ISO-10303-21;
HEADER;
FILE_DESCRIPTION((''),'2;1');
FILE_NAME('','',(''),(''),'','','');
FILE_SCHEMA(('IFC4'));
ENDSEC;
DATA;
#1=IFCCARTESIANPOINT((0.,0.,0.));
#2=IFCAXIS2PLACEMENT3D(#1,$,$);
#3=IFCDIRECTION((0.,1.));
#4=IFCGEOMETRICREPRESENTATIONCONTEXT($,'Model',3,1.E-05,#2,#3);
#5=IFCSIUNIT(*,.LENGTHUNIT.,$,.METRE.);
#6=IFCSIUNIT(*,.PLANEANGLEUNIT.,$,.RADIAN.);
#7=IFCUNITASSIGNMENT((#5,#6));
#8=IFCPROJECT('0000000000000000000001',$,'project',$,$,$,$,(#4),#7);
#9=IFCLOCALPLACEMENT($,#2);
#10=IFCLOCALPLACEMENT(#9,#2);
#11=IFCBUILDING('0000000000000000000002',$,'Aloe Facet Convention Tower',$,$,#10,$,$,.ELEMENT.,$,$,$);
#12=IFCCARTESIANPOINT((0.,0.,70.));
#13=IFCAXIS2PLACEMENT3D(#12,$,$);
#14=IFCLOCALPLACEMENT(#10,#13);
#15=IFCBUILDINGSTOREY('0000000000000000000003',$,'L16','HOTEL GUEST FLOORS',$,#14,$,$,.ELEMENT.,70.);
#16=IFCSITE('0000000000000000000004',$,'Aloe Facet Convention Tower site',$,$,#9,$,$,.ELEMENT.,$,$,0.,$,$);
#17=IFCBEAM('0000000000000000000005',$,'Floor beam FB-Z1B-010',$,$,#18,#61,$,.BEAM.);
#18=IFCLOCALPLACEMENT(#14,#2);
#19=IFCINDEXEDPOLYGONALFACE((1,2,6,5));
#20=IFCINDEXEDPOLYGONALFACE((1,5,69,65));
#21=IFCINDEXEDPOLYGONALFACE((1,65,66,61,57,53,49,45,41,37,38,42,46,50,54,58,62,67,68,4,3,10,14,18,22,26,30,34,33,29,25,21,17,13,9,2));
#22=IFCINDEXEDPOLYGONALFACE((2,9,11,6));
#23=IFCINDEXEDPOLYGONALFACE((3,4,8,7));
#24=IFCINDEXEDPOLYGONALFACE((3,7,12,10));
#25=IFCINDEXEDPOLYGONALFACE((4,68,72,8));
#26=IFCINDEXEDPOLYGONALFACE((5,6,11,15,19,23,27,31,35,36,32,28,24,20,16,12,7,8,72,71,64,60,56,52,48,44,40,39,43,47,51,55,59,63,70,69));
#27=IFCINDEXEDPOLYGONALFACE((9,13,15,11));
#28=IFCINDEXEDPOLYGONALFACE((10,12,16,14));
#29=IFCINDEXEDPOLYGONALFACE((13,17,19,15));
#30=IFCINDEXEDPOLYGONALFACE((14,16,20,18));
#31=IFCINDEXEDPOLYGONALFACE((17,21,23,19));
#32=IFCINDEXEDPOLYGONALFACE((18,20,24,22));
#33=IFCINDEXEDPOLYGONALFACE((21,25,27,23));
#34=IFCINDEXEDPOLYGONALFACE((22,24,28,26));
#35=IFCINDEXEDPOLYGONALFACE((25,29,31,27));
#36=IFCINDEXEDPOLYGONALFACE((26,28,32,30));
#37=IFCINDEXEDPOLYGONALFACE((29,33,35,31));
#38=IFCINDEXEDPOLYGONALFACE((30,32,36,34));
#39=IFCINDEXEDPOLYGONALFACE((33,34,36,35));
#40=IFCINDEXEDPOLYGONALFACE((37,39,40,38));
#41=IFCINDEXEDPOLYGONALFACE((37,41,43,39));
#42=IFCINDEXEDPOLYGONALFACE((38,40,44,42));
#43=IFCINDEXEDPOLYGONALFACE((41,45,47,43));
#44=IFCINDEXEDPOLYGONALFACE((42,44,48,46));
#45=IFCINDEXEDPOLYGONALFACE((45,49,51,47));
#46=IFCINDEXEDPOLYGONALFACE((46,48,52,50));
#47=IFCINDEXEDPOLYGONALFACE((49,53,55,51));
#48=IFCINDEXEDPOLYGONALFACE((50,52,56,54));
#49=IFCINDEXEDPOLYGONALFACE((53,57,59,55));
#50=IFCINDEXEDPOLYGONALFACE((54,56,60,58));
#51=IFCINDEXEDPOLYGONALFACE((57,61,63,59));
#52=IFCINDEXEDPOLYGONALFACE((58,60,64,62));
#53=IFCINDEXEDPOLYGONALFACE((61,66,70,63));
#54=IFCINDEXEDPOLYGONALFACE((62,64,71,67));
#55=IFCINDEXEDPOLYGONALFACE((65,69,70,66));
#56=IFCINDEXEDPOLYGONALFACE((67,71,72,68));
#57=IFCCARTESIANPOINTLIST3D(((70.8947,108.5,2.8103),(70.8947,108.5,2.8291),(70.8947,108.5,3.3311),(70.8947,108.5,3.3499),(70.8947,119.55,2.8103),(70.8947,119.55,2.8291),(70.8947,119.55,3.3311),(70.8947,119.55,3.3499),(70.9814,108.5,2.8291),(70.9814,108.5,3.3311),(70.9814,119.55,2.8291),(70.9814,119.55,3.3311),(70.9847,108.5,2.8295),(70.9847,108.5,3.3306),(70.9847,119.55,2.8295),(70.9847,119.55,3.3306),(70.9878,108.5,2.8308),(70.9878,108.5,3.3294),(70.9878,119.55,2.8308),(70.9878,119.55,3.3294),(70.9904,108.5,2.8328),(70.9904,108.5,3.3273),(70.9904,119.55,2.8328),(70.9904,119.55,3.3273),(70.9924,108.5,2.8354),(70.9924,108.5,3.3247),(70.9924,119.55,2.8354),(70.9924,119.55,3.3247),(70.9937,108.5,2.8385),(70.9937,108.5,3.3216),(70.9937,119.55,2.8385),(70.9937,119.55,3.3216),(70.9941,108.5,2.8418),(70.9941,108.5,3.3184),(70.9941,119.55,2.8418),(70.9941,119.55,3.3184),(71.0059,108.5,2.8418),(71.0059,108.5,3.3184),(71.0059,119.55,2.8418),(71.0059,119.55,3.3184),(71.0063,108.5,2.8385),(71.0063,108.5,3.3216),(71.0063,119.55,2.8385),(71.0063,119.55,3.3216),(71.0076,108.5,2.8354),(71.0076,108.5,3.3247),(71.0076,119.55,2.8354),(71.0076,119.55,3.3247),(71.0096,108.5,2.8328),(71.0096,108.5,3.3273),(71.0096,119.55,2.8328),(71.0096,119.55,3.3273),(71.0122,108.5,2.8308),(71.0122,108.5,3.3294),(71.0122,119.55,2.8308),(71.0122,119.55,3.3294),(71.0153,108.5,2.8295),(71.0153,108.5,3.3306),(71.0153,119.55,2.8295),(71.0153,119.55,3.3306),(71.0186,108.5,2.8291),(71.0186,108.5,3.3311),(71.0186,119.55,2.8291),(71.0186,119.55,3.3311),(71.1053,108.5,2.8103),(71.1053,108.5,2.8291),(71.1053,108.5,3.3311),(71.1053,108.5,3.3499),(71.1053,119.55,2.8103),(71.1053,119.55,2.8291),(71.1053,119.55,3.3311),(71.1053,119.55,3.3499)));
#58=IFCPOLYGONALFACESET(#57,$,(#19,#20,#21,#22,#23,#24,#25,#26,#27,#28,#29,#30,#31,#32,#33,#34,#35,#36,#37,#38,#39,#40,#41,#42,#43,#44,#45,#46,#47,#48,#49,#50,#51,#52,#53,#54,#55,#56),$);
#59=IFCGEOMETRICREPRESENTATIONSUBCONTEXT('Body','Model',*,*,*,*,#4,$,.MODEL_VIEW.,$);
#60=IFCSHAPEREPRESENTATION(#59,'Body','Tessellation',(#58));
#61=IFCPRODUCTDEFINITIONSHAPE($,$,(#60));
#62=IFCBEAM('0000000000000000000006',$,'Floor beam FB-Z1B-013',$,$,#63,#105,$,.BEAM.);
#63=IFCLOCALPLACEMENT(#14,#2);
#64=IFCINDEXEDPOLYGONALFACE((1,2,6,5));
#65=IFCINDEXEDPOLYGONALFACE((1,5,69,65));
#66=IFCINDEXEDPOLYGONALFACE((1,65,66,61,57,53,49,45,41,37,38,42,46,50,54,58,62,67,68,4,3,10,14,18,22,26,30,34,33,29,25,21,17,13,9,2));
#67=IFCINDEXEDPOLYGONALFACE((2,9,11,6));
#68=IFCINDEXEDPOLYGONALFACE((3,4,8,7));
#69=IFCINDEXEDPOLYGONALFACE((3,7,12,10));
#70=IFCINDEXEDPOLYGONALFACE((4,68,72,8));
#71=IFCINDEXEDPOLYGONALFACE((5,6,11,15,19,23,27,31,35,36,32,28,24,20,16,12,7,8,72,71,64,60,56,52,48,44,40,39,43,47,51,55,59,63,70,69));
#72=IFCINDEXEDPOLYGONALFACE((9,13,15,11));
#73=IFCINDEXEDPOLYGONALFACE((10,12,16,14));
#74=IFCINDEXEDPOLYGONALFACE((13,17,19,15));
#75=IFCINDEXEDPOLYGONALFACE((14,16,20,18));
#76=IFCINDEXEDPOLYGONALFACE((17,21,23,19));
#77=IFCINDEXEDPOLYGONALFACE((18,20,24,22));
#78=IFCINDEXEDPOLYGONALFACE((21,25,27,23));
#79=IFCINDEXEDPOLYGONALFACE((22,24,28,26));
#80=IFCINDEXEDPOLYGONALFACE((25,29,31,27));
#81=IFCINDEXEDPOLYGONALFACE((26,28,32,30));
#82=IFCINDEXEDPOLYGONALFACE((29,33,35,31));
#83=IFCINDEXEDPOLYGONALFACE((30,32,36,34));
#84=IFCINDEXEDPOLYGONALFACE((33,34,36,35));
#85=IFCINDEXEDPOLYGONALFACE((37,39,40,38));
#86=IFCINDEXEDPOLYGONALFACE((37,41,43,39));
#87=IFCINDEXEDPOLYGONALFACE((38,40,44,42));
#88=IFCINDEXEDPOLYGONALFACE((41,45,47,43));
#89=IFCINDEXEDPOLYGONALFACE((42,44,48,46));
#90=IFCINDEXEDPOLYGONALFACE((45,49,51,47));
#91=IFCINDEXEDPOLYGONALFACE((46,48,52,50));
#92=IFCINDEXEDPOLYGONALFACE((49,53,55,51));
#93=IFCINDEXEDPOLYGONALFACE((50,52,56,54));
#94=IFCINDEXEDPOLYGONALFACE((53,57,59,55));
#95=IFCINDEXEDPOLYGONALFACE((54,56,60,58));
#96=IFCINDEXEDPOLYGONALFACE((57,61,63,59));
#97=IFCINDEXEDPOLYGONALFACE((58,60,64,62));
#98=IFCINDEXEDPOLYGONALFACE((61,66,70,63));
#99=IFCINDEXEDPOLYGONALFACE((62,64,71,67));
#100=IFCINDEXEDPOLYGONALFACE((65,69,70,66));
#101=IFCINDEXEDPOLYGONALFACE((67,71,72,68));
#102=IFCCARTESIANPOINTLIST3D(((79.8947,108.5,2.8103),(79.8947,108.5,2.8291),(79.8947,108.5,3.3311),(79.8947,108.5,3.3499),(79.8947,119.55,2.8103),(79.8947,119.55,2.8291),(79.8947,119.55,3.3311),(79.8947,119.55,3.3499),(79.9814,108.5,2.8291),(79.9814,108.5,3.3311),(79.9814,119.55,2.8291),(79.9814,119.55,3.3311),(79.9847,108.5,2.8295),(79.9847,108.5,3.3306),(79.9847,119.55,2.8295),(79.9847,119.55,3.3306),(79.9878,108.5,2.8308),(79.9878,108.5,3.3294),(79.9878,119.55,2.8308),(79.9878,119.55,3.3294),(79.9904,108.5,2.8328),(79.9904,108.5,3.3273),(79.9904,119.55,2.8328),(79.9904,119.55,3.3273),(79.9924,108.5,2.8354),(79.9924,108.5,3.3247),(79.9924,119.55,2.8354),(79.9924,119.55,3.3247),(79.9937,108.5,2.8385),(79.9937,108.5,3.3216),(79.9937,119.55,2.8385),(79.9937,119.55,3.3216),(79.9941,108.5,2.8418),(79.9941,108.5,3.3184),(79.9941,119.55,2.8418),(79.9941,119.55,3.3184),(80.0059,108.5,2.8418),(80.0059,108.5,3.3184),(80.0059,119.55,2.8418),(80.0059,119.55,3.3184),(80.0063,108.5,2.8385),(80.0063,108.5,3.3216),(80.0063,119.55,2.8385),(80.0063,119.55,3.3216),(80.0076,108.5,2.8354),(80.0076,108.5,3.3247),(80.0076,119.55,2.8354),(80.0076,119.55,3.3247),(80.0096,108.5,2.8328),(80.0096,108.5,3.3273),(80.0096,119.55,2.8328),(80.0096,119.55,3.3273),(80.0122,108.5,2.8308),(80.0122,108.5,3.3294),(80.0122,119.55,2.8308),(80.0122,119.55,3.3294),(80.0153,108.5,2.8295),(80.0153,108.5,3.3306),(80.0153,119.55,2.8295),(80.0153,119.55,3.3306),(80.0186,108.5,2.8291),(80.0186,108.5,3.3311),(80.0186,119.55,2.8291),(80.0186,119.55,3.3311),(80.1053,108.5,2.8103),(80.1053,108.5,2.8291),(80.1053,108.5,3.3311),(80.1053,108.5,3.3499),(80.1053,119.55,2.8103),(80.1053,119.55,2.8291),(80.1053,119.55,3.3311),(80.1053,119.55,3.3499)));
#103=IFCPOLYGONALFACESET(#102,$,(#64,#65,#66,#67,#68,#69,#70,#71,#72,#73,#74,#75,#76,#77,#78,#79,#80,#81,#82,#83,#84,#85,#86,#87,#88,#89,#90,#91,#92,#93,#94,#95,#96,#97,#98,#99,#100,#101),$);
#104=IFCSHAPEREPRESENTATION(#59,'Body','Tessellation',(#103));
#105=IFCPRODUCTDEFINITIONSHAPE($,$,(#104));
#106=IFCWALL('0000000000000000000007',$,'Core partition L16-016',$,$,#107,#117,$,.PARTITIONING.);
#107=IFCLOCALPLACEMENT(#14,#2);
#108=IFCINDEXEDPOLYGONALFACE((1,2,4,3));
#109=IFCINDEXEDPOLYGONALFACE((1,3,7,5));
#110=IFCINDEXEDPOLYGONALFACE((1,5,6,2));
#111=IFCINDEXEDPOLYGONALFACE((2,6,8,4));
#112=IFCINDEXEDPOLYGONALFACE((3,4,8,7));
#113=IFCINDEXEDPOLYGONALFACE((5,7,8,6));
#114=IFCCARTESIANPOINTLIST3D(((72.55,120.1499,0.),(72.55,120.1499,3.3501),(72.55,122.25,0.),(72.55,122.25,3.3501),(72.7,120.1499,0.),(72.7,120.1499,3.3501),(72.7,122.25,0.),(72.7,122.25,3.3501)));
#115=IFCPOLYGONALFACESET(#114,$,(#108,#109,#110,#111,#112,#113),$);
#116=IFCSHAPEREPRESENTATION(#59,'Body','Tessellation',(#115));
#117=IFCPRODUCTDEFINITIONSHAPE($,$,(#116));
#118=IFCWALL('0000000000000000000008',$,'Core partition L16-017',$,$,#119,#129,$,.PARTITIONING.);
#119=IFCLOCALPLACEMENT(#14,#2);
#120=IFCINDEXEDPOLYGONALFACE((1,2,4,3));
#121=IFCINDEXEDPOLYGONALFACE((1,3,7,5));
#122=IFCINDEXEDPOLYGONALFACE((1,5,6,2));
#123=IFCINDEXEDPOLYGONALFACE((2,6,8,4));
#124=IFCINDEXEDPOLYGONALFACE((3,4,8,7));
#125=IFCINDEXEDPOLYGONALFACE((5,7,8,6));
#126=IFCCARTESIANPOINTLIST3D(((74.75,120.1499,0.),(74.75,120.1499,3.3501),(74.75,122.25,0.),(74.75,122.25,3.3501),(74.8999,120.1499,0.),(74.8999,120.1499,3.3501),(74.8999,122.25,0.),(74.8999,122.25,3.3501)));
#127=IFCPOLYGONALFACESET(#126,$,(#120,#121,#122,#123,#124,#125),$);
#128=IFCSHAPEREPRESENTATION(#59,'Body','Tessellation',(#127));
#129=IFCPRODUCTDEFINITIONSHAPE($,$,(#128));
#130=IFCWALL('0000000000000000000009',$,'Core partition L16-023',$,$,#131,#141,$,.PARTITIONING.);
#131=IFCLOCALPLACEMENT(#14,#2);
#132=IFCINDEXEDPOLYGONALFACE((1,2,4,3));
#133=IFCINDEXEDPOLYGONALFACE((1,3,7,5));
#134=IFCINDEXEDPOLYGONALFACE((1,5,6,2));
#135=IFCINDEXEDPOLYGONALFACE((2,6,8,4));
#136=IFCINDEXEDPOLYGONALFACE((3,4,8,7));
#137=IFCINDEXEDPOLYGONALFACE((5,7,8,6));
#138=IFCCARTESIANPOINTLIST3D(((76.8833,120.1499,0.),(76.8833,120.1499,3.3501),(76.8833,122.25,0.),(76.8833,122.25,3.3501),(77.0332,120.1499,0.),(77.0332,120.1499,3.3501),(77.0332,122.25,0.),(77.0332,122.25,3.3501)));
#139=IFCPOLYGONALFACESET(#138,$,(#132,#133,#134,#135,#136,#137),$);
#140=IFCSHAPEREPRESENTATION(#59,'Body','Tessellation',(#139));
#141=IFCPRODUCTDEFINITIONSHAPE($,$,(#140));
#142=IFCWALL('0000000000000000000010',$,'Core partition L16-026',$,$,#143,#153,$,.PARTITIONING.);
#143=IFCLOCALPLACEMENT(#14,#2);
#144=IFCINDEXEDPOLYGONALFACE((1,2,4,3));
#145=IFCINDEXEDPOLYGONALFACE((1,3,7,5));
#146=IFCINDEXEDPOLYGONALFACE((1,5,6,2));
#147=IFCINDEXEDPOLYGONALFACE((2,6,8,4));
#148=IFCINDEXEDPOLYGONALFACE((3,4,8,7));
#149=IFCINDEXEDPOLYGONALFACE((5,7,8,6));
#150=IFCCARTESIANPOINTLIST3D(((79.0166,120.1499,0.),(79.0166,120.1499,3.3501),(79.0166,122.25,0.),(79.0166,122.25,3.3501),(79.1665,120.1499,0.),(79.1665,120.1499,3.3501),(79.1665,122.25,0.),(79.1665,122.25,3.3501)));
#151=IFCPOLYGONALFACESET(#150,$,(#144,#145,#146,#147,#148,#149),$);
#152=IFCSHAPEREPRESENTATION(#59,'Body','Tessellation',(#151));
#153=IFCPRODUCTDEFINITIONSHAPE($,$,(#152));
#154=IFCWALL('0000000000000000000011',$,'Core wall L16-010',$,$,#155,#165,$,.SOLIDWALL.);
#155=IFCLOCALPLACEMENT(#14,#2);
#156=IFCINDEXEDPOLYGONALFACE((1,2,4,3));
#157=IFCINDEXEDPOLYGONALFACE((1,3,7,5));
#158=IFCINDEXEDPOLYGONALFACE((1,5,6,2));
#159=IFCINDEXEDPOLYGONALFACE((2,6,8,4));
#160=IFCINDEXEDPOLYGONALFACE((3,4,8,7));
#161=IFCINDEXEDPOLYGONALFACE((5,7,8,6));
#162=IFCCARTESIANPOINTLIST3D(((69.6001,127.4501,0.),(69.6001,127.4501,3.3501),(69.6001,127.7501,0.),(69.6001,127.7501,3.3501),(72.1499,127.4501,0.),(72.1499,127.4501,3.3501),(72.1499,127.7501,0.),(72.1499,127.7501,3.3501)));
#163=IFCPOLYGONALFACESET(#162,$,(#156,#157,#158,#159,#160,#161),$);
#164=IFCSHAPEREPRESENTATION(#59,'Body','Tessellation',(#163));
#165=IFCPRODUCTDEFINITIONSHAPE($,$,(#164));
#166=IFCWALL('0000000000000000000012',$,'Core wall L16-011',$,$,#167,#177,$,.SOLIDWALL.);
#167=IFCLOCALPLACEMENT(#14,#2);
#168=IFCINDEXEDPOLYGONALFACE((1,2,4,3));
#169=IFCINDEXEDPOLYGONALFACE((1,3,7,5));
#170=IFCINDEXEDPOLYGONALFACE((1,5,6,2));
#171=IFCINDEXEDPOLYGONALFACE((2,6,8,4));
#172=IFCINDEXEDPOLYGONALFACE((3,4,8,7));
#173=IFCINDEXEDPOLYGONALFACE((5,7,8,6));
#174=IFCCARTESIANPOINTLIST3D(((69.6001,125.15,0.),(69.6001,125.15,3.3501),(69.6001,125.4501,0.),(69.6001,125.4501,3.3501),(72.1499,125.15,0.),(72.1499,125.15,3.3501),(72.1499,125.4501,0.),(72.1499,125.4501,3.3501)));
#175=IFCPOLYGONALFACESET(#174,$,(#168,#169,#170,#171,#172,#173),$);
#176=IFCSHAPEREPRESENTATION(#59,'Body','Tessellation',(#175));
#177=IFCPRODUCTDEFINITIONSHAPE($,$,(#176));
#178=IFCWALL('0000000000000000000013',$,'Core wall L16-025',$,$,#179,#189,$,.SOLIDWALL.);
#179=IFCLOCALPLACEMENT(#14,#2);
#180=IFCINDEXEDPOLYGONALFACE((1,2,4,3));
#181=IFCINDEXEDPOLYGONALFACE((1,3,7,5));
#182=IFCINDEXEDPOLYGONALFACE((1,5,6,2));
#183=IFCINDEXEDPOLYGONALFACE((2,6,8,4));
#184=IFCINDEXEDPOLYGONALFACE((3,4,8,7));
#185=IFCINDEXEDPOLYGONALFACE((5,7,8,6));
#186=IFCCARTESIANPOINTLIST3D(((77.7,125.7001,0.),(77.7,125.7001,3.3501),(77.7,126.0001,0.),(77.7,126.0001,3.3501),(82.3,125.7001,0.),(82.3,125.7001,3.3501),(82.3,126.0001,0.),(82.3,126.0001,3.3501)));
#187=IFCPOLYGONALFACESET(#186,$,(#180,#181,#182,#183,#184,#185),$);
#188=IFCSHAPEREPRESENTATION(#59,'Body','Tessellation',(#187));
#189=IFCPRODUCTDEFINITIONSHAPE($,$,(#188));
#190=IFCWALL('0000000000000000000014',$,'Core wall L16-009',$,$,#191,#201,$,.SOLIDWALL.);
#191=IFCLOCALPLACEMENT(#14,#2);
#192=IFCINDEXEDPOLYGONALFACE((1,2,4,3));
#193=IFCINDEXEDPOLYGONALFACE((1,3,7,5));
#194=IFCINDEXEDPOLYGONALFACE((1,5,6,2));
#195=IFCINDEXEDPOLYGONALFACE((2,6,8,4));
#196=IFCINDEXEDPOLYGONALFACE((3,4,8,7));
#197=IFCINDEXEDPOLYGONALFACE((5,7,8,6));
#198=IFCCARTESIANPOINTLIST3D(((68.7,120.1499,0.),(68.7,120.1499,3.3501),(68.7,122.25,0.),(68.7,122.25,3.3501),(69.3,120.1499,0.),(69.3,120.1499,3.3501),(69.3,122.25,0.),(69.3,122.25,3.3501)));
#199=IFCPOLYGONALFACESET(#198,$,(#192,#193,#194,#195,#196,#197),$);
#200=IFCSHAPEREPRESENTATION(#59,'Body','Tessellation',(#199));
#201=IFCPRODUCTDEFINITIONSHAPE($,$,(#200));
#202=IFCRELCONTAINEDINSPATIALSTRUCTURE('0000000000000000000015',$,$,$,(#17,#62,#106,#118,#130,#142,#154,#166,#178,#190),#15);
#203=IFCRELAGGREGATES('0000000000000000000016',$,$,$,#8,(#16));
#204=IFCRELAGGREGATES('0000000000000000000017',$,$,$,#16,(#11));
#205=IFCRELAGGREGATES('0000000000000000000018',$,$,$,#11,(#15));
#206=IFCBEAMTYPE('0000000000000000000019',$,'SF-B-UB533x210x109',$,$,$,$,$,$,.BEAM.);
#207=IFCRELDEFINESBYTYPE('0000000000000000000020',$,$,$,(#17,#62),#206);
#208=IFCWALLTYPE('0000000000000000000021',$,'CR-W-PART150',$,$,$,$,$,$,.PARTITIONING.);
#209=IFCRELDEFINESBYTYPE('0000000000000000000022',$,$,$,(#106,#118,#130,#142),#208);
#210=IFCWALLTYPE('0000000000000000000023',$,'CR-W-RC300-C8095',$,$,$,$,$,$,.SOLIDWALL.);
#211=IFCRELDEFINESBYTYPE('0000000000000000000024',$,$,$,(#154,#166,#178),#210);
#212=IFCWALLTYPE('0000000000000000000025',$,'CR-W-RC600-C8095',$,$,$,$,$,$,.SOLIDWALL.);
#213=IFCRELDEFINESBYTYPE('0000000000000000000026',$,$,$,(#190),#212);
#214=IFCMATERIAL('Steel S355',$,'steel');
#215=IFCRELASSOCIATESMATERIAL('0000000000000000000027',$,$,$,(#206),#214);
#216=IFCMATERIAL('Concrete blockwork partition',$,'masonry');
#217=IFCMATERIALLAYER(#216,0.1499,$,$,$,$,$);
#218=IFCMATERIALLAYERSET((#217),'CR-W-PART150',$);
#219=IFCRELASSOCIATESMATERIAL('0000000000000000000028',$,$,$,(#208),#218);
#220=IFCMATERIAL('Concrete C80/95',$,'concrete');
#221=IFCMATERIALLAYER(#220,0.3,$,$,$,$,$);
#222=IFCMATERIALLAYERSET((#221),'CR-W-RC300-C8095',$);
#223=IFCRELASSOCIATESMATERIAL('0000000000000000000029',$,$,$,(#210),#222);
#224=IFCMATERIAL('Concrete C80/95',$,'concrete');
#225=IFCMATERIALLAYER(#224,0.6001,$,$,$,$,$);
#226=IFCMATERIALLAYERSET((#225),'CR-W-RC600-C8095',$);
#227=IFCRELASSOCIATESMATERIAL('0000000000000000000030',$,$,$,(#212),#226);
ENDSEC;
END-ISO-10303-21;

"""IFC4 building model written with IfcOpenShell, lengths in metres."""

from ifc_helpers import new_model, si_unit, direction, frame, frame_2d, origin, origin_2d, place, context, subcontext, project, spatial, rectangle, i_section, extrude, material, layer, layer_set, material_profile, profile_set, type_object, element, save


model = new_model("IFC4")

# Units and contexts
model_context = context("Model", 3, precision=1e-05, world=origin(), true_north=direction((0.0, 1.0)))
body_context = subcontext(model_context, "Body", "Model", "MODEL_VIEW")
ifc_project = project(units=[si_unit("LENGTHUNIT", "METRE"), si_unit("PLANEANGLEUNIT", "RADIAN")], contexts=[model_context])

# Site, building, storey
site_placement = place(None, origin())
site = spatial("IfcSite", under=ifc_project, at=site_placement, Name="Aloe Facet Convention Tower site", CompositionType="ELEMENT", RefElevation=0.0)
building_placement = place(site_placement, origin())
building = spatial("IfcBuilding", under=site, at=building_placement, Name="Aloe Facet Convention Tower", CompositionType="ELEMENT")
storey_placement = place(building_placement, frame((0.0, 0.0, 70.0)))
storey = spatial("IfcBuildingStorey", under=building, at=storey_placement, Name="L16", Description="HOTEL GUEST FLOORS", CompositionType="ELEMENT", Elevation=70.0)

# Beams
ifc_material_1 = material(Name="Steel S355", Category="steel")
ifc_material_profile = material_profile(ifc_material_1, i_section(OverallWidth=0.2107, OverallDepth=0.5396, WebThickness=0.0117, FlangeThickness=0.0188, FilletRadius=0.0127, at=origin_2d()), Name="UB 533x210x109")
ifc_profile_set = profile_set([ifc_material_profile], Name="Steel S355")
beam_type = type_object("IfcBeamType", Name="SF-B-UB533x210x109", PredefinedType="BEAM", material=ifc_profile_set)
for number, where, z_axis, x_axis, name in (
    (1, (71.0, 119.55, 3.0801), (0.0, -1.0, 0.0), (1.0, 0.0, 0.0), "Floor beam FB-Z1B-010"),
    (2, (80.0, 119.55, 3.0801), (0.0, -1.0, 0.0), (1.0, 0.0, 0.0), "Floor beam FB-Z1B-013"),
):
    element("IfcBeam", number, at=place(storey_placement, frame(where, z_axis=z_axis, x_axis=x_axis)), inside=storey, type_object=beam_type, Name=name, PredefinedType="BEAM", context=body_context, shape_type="SweptSolid", body=[
        extrude(i_section(OverallWidth=0.2107, OverallDepth=0.5396, WebThickness=0.0117, FlangeThickness=0.0188, FilletRadius=0.0127, at=origin_2d()), origin(), (0.0, 0.0, 1.0), 11.05),
    ])

# Walls
ifc_material_2 = material(Name="Concrete blockwork partition", Category="masonry")
ifc_layer_1 = layer(ifc_material_2, 0.1499)
ifc_layer_set_1 = layer_set([ifc_layer_1], Name="CR-W-PART150")
wall_type_1 = type_object("IfcWallType", Name="CR-W-PART150", PredefinedType="PARTITIONING", material=ifc_layer_set_1)
for number, where, z_axis, x_axis, name in (
    (3, (72.625, 122.25, 0.0), (0.0, 0.0, 1.0), (0.0, -1.0, 0.0), "Core partition L16-016"),
    (4, (74.825, 122.25, 0.0), (0.0, 0.0, 1.0), (0.0, -1.0, 0.0), "Core partition L16-017"),
    (5, (76.9583, 122.25, 0.0), (0.0, 0.0, 1.0), (0.0, -1.0, 0.0), "Core partition L16-023"),
    (6, (79.0916, 122.25, 0.0), (0.0, 0.0, 1.0), (0.0, -1.0, 0.0), "Core partition L16-026"),
):
    element("IfcWall", number, at=place(storey_placement, frame(where, z_axis=z_axis, x_axis=x_axis)), inside=storey, type_object=wall_type_1, Name=name, PredefinedType="PARTITIONING", context=body_context, shape_type="SweptSolid", body=[
        extrude(rectangle(XDim=2.1001, YDim=0.1499, at=frame_2d((1.05, 0.0))), origin(), (0.0, 0.0, 1.0), 3.3501),
    ])
ifc_material_3 = material(Name="Concrete C80/95", Category="concrete")
ifc_layer_2 = layer(ifc_material_3, 0.3)
ifc_layer_set_2 = layer_set([ifc_layer_2], Name="CR-W-RC300-C8095")
wall_type_2 = type_object("IfcWallType", Name="CR-W-RC300-C8095", PredefinedType="SOLIDWALL", material=ifc_layer_set_2)
for number, where, z_axis, x_axis, name in (
    (7, (69.6001, 127.6001, 0.0), (0.0, 0.0, 1.0), (1.0, 0.0, 0.0), "Core wall L16-010"),
    (8, (69.6001, 125.3, 0.0), (0.0, 0.0, 1.0), (1.0, 0.0, 0.0), "Core wall L16-011"),
):
    element("IfcWall", number, at=place(storey_placement, frame(where, z_axis=z_axis, x_axis=x_axis)), inside=storey, type_object=wall_type_2, Name=name, PredefinedType="SOLIDWALL", context=body_context, shape_type="SweptSolid", body=[
        extrude(rectangle(XDim=2.5498, YDim=0.3, at=frame_2d((1.2749, 0.0))), origin(), (0.0, 0.0, 1.0), 3.3501),
    ])
wall_1_placement = place(storey_placement, frame((77.7, 125.8501, 0.0), z_axis=(0.0, 0.0, 1.0), x_axis=(1.0, 0.0, 0.0)))
element("IfcWall", 9, at=wall_1_placement, inside=storey, type_object=wall_type_2, Name="Core wall L16-025", PredefinedType="SOLIDWALL", context=body_context, shape_type="SweptSolid", body=[
    extrude(rectangle(XDim=4.6001, YDim=0.3, at=frame_2d((2.3, 0.0))), origin(), (0.0, 0.0, 1.0), 3.3501),
])
ifc_material_4 = material(Name="Concrete C80/95", Category="concrete")
ifc_layer_3 = layer(ifc_material_4, 0.6001)
ifc_layer_set_3 = layer_set([ifc_layer_3], Name="CR-W-RC600-C8095")
wall_type_3 = type_object("IfcWallType", Name="CR-W-RC600-C8095", PredefinedType="SOLIDWALL", material=ifc_layer_set_3)
wall_2_placement = place(storey_placement, frame((69.0, 122.25, 0.0), z_axis=(0.0, 0.0, 1.0), x_axis=(0.0, -1.0, 0.0)))
element("IfcWall", 10, at=wall_2_placement, inside=storey, type_object=wall_type_3, Name="Core wall L16-009", PredefinedType="SOLIDWALL", context=body_context, shape_type="SweptSolid", body=[
    extrude(rectangle(XDim=2.1001, YDim=0.6001, at=frame_2d((1.05, 0.0))), origin(), (0.0, 0.0, 1.0), 3.3501),
])

save(model, "model.ifc")
